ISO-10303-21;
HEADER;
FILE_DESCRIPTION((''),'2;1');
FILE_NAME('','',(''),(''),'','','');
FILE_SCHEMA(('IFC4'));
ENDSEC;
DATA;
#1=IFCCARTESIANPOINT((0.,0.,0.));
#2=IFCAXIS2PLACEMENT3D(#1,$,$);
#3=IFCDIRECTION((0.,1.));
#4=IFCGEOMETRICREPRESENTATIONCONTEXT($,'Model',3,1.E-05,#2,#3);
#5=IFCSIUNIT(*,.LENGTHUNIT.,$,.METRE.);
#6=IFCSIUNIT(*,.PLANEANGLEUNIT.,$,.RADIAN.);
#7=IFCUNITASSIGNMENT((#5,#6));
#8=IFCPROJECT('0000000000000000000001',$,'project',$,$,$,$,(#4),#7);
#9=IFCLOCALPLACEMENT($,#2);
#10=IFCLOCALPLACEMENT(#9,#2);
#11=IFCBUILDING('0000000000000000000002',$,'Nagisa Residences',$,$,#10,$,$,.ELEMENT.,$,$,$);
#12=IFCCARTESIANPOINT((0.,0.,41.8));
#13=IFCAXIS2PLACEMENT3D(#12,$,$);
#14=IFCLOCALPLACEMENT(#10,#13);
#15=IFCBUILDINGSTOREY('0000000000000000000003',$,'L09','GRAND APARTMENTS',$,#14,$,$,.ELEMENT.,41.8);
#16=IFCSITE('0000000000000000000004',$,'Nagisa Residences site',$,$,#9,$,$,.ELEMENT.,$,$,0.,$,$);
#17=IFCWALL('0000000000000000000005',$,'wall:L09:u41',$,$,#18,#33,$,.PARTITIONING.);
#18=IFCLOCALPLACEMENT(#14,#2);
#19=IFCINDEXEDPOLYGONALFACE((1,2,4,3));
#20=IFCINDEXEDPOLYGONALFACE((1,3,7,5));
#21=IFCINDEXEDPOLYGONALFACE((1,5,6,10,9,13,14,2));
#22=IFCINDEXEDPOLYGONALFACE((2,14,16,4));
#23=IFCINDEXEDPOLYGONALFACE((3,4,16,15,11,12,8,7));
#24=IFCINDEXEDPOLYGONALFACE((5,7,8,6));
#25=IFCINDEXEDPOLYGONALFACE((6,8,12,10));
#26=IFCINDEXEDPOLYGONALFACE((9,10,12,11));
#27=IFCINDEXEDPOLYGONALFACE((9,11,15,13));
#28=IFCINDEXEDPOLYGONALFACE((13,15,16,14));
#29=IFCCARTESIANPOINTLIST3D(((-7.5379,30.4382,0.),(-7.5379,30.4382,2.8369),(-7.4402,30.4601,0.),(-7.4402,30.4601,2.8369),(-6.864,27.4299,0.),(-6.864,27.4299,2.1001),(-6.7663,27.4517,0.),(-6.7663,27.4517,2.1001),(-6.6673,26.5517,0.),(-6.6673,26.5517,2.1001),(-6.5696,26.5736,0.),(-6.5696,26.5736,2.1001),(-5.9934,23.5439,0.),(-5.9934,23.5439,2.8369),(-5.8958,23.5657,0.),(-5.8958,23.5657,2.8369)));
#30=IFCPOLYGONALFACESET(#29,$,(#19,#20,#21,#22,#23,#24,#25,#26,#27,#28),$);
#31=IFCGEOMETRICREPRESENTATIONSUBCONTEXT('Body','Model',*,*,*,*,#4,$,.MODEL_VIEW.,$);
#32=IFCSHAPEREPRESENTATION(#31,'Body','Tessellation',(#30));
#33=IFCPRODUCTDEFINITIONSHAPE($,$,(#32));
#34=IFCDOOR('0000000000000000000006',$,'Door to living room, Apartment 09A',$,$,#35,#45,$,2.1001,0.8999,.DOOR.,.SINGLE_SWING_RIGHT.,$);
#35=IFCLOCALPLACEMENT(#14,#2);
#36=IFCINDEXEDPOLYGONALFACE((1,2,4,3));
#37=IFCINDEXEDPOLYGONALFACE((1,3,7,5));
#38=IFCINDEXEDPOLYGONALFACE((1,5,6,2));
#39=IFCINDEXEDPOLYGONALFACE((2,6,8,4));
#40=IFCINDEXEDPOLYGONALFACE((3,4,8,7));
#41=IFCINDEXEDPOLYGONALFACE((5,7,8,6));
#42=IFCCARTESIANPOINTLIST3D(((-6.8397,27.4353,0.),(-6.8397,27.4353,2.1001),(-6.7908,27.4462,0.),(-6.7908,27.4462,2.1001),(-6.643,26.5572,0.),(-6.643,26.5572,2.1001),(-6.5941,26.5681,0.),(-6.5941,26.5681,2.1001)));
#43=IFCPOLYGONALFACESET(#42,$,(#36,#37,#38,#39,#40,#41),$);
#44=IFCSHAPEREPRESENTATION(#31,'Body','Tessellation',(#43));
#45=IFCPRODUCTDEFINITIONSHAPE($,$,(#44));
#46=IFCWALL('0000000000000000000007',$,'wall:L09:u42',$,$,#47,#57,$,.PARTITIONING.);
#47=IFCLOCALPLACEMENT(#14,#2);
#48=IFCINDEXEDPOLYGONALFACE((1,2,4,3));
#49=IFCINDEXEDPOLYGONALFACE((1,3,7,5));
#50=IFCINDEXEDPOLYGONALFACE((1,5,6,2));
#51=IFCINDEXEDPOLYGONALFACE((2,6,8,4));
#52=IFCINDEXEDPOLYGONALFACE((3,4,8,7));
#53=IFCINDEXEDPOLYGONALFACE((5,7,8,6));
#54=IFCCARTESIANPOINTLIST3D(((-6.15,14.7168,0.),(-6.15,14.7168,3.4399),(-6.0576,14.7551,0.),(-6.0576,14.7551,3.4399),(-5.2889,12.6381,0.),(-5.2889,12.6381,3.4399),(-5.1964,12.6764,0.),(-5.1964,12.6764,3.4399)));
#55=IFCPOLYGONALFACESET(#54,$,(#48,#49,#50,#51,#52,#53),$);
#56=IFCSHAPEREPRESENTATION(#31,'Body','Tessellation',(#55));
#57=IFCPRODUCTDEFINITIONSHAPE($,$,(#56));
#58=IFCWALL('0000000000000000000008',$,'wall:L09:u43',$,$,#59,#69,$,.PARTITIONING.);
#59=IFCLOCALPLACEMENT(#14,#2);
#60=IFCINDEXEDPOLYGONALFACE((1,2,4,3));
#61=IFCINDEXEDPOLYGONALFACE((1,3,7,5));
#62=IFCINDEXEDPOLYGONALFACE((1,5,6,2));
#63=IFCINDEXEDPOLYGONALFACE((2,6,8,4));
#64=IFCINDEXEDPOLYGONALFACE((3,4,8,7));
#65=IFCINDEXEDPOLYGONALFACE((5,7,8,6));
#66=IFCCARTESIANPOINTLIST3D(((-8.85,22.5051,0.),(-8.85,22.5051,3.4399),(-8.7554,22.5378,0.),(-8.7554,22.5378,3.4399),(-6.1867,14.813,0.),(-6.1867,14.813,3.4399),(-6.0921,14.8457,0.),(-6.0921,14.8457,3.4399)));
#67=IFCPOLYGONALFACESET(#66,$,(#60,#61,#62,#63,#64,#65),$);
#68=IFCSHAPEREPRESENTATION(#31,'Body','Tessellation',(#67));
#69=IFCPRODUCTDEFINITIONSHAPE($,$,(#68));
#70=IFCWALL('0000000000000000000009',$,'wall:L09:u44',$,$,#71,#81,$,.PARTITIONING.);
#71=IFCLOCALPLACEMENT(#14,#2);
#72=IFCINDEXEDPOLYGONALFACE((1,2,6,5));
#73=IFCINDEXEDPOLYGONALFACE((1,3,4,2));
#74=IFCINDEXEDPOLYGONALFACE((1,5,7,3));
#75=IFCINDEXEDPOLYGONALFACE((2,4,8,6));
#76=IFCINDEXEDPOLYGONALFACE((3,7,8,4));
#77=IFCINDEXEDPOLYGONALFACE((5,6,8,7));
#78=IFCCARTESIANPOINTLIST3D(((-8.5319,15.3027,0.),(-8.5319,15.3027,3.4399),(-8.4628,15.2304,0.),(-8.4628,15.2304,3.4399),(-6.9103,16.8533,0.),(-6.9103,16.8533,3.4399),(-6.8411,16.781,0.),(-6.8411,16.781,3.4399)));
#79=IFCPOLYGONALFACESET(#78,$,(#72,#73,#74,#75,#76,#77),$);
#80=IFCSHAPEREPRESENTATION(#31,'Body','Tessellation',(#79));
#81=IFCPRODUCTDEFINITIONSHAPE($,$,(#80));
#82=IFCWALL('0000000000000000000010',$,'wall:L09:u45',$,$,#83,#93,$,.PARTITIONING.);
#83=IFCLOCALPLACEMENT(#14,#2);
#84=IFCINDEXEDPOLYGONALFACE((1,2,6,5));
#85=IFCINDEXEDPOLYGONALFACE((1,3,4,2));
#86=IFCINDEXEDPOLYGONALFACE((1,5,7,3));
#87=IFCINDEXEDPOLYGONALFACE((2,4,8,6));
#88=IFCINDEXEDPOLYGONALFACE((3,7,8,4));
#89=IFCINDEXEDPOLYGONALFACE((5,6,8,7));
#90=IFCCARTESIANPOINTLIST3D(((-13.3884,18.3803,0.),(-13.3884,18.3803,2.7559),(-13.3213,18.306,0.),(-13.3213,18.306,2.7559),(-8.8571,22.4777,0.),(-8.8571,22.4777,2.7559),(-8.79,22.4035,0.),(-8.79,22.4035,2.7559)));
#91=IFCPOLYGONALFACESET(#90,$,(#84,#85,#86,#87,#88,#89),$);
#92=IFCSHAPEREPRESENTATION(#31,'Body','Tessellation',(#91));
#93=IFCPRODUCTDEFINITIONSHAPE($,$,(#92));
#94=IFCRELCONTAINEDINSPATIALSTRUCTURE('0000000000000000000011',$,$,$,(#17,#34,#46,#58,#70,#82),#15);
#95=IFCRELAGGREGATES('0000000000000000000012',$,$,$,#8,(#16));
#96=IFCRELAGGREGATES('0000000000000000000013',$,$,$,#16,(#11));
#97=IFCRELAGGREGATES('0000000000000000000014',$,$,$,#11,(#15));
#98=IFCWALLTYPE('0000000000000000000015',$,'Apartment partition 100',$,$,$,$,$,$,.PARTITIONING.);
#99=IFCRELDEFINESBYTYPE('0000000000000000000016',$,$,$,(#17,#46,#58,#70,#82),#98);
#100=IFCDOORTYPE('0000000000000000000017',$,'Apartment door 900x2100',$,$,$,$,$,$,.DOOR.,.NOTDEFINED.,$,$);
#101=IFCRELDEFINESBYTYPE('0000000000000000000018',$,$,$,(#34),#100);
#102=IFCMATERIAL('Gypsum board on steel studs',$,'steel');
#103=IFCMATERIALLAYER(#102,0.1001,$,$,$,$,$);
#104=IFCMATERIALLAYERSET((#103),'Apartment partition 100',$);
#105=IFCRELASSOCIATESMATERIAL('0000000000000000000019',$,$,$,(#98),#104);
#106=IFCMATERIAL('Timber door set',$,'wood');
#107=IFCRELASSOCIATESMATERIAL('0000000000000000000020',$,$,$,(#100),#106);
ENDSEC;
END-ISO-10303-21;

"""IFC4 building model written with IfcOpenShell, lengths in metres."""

from ifc_helpers import new_model, si_unit, direction, frame, frame_2d, origin, place, context, subcontext, project, spatial, rectangle, extrude, material, layer, layer_set, type_object, element, fill, save


model = new_model("IFC4")

# Units and contexts
model_context = context("Model", 3, precision=1e-05, world=origin(), true_north=direction((0.0, 1.0)))
body_context = subcontext(model_context, "Body", "Model", "MODEL_VIEW")
ifc_project = project(units=[si_unit("LENGTHUNIT", "METRE"), si_unit("PLANEANGLEUNIT", "RADIAN")], contexts=[model_context])

# Site, building, storey
site_placement = place(None, origin())
site = spatial("IfcSite", under=ifc_project, at=site_placement, Name="Nagisa Residences site", CompositionType="ELEMENT", RefElevation=0.0)
building_placement = place(site_placement, origin())
building = spatial("IfcBuilding", under=site, at=building_placement, Name="Nagisa Residences", CompositionType="ELEMENT")
storey_placement = place(building_placement, frame((0.0, 0.0, 41.8)))
storey = spatial("IfcBuildingStorey", under=building, at=storey_placement, Name="L09", Description="GRAND APARTMENTS", CompositionType="ELEMENT", Elevation=41.8)

# Shared definitions
ifc_material_1 = material(Name="Gypsum board on steel studs", Category="steel")
ifc_layer_1 = layer(ifc_material_1, 0.1001)
ifc_layer_set_1 = layer_set([ifc_layer_1], Name="Apartment partition 100")
wall_type_1 = type_object("IfcWallType", Name="Apartment partition 100", PredefinedType="PARTITIONING", material=ifc_layer_set_1)

# Wall, opening, door
ifc_material_2 = material(Name="Timber door set", Category="wood")
door_type_1 = type_object("IfcDoorType", Name="Apartment door 900x2100", OperationType="NOTDEFINED", PredefinedType="DOOR", material=ifc_material_2)
wall_1_placement = place(storey_placement, frame((-5.9446, 23.5547, 0.0), z_axis=(0.0, 0.0, 1.0), x_axis=(-0.218599, 0.975815, 0.0)))
wall_1 = element("IfcWall", 1, at=wall_1_placement, inside=storey, type_object=wall_type_1, Name="wall:L09:u41", PredefinedType="PARTITIONING", context=body_context, shape_type="SweptSolid", body=[
    extrude(rectangle(XDim=7.0652, YDim=0.1001, at=frame_2d((3.5327, 0.0))), origin(), (0.0, 0.0, 1.0), 2.8369),
])
opening_1_placement = place(wall_1_placement, frame((3.0825, 0.0, 0.0)))
opening_1 = element("IfcOpeningElement", 2, at=opening_1_placement, cuts=wall_1, PredefinedType="OPENING", context=body_context, shape_type="SweptSolid", body=[
    extrude(rectangle(XDim=0.8999, YDim=2.1001, at=frame_2d((0.45, 1.05))), frame((0.0, 0.0601, 0.0), z_axis=(0.0, -1.0, 0.0), x_axis=(1.0, 0.0, 0.0)), (0.0, 0.0, 1.0), 0.1201),
])
door_1_placement = place(opening_1_placement, frame((0.8999, 0.0, 0.0), x_axis=(-1.0, 0.0, 0.0)))
door_1 = element("IfcDoor", 3, at=door_1_placement, inside=storey, type_object=door_type_1, Name="Door to living room, Apartment 09A", OperationType="SINGLE_SWING_RIGHT", OverallHeight=2.1001, OverallWidth=0.8999, PredefinedType="DOOR", context=body_context, shape_type="SweptSolid", body=[
    extrude(rectangle(XDim=0.8999, YDim=2.1001, at=frame_2d((0.45, 1.05))), frame((0.0, 0.0249, 0.0), z_axis=(0.0, -1.0, 0.0), x_axis=(1.0, 0.0, 0.0)), (0.0, 0.0, 1.0), 0.05),
])
fill(opening_1, door_1)

# Walls
wall_2_placement = place(storey_placement, frame((-5.2427, 12.6572, 0.0), z_axis=(0.0, 0.0, 1.0), x_axis=(-0.382719, 0.923865, 0.0)))
element("IfcWall", 4, at=wall_2_placement, inside=storey, type_object=wall_type_1, Name="wall:L09:u42", PredefinedType="PARTITIONING", context=body_context, shape_type="SweptSolid", body=[
    extrude(rectangle(XDim=2.25, YDim=0.1001, at=frame_2d((1.125, 0.0))), origin(), (0.0, 0.0, 1.0), 3.4399),
])
wall_3_placement = place(storey_placement, frame((-6.1394, 14.8293, 0.0), z_axis=(0.0, 0.0, 1.0), x_axis=(-0.327184, 0.944961, 0.0)))
element("IfcWall", 5, at=wall_3_placement, inside=storey, type_object=wall_type_1, Name="wall:L09:u43", PredefinedType="PARTITIONING", context=body_context, shape_type="SweptSolid", body=[
    extrude(rectangle(XDim=8.1401, YDim=0.1001, at=frame_2d((4.0701, 0.0))), origin(), (0.0, 0.0, 1.0), 3.4399),
])
wall_4_placement = place(storey_placement, frame((-6.8757, 16.8171, 0.0), z_axis=(0.0, 0.0, 1.0), x_axis=(-0.722762, -0.691097, 0.0)))
element("IfcWall", 6, at=wall_4_placement, inside=storey, type_object=wall_type_1, Name="wall:L09:u44", PredefinedType="PARTITIONING", context=body_context, shape_type="SweptSolid", body=[
    extrude(rectangle(XDim=2.2437, YDim=0.1001, at=frame_2d((1.1218, 0.0))), origin(), (0.0, 0.0, 1.0), 3.4399),
])
wall_5_placement = place(storey_placement, frame((-8.8235, 22.4407, 0.0), z_axis=(0.0, 0.0, 1.0), x_axis=(-0.741722, -0.670707, 0.0)))
element("IfcWall", 7, at=wall_5_placement, inside=storey, type_object=wall_type_1, Name="wall:L09:u45", PredefinedType="PARTITIONING", context=body_context, shape_type="SweptSolid", body=[
    extrude(rectangle(XDim=6.1091, YDim=0.1001, at=frame_2d((3.0547, 0.0))), origin(), (0.0, 0.0, 1.0), 2.7559),
])

save(model, "model.ifc")
